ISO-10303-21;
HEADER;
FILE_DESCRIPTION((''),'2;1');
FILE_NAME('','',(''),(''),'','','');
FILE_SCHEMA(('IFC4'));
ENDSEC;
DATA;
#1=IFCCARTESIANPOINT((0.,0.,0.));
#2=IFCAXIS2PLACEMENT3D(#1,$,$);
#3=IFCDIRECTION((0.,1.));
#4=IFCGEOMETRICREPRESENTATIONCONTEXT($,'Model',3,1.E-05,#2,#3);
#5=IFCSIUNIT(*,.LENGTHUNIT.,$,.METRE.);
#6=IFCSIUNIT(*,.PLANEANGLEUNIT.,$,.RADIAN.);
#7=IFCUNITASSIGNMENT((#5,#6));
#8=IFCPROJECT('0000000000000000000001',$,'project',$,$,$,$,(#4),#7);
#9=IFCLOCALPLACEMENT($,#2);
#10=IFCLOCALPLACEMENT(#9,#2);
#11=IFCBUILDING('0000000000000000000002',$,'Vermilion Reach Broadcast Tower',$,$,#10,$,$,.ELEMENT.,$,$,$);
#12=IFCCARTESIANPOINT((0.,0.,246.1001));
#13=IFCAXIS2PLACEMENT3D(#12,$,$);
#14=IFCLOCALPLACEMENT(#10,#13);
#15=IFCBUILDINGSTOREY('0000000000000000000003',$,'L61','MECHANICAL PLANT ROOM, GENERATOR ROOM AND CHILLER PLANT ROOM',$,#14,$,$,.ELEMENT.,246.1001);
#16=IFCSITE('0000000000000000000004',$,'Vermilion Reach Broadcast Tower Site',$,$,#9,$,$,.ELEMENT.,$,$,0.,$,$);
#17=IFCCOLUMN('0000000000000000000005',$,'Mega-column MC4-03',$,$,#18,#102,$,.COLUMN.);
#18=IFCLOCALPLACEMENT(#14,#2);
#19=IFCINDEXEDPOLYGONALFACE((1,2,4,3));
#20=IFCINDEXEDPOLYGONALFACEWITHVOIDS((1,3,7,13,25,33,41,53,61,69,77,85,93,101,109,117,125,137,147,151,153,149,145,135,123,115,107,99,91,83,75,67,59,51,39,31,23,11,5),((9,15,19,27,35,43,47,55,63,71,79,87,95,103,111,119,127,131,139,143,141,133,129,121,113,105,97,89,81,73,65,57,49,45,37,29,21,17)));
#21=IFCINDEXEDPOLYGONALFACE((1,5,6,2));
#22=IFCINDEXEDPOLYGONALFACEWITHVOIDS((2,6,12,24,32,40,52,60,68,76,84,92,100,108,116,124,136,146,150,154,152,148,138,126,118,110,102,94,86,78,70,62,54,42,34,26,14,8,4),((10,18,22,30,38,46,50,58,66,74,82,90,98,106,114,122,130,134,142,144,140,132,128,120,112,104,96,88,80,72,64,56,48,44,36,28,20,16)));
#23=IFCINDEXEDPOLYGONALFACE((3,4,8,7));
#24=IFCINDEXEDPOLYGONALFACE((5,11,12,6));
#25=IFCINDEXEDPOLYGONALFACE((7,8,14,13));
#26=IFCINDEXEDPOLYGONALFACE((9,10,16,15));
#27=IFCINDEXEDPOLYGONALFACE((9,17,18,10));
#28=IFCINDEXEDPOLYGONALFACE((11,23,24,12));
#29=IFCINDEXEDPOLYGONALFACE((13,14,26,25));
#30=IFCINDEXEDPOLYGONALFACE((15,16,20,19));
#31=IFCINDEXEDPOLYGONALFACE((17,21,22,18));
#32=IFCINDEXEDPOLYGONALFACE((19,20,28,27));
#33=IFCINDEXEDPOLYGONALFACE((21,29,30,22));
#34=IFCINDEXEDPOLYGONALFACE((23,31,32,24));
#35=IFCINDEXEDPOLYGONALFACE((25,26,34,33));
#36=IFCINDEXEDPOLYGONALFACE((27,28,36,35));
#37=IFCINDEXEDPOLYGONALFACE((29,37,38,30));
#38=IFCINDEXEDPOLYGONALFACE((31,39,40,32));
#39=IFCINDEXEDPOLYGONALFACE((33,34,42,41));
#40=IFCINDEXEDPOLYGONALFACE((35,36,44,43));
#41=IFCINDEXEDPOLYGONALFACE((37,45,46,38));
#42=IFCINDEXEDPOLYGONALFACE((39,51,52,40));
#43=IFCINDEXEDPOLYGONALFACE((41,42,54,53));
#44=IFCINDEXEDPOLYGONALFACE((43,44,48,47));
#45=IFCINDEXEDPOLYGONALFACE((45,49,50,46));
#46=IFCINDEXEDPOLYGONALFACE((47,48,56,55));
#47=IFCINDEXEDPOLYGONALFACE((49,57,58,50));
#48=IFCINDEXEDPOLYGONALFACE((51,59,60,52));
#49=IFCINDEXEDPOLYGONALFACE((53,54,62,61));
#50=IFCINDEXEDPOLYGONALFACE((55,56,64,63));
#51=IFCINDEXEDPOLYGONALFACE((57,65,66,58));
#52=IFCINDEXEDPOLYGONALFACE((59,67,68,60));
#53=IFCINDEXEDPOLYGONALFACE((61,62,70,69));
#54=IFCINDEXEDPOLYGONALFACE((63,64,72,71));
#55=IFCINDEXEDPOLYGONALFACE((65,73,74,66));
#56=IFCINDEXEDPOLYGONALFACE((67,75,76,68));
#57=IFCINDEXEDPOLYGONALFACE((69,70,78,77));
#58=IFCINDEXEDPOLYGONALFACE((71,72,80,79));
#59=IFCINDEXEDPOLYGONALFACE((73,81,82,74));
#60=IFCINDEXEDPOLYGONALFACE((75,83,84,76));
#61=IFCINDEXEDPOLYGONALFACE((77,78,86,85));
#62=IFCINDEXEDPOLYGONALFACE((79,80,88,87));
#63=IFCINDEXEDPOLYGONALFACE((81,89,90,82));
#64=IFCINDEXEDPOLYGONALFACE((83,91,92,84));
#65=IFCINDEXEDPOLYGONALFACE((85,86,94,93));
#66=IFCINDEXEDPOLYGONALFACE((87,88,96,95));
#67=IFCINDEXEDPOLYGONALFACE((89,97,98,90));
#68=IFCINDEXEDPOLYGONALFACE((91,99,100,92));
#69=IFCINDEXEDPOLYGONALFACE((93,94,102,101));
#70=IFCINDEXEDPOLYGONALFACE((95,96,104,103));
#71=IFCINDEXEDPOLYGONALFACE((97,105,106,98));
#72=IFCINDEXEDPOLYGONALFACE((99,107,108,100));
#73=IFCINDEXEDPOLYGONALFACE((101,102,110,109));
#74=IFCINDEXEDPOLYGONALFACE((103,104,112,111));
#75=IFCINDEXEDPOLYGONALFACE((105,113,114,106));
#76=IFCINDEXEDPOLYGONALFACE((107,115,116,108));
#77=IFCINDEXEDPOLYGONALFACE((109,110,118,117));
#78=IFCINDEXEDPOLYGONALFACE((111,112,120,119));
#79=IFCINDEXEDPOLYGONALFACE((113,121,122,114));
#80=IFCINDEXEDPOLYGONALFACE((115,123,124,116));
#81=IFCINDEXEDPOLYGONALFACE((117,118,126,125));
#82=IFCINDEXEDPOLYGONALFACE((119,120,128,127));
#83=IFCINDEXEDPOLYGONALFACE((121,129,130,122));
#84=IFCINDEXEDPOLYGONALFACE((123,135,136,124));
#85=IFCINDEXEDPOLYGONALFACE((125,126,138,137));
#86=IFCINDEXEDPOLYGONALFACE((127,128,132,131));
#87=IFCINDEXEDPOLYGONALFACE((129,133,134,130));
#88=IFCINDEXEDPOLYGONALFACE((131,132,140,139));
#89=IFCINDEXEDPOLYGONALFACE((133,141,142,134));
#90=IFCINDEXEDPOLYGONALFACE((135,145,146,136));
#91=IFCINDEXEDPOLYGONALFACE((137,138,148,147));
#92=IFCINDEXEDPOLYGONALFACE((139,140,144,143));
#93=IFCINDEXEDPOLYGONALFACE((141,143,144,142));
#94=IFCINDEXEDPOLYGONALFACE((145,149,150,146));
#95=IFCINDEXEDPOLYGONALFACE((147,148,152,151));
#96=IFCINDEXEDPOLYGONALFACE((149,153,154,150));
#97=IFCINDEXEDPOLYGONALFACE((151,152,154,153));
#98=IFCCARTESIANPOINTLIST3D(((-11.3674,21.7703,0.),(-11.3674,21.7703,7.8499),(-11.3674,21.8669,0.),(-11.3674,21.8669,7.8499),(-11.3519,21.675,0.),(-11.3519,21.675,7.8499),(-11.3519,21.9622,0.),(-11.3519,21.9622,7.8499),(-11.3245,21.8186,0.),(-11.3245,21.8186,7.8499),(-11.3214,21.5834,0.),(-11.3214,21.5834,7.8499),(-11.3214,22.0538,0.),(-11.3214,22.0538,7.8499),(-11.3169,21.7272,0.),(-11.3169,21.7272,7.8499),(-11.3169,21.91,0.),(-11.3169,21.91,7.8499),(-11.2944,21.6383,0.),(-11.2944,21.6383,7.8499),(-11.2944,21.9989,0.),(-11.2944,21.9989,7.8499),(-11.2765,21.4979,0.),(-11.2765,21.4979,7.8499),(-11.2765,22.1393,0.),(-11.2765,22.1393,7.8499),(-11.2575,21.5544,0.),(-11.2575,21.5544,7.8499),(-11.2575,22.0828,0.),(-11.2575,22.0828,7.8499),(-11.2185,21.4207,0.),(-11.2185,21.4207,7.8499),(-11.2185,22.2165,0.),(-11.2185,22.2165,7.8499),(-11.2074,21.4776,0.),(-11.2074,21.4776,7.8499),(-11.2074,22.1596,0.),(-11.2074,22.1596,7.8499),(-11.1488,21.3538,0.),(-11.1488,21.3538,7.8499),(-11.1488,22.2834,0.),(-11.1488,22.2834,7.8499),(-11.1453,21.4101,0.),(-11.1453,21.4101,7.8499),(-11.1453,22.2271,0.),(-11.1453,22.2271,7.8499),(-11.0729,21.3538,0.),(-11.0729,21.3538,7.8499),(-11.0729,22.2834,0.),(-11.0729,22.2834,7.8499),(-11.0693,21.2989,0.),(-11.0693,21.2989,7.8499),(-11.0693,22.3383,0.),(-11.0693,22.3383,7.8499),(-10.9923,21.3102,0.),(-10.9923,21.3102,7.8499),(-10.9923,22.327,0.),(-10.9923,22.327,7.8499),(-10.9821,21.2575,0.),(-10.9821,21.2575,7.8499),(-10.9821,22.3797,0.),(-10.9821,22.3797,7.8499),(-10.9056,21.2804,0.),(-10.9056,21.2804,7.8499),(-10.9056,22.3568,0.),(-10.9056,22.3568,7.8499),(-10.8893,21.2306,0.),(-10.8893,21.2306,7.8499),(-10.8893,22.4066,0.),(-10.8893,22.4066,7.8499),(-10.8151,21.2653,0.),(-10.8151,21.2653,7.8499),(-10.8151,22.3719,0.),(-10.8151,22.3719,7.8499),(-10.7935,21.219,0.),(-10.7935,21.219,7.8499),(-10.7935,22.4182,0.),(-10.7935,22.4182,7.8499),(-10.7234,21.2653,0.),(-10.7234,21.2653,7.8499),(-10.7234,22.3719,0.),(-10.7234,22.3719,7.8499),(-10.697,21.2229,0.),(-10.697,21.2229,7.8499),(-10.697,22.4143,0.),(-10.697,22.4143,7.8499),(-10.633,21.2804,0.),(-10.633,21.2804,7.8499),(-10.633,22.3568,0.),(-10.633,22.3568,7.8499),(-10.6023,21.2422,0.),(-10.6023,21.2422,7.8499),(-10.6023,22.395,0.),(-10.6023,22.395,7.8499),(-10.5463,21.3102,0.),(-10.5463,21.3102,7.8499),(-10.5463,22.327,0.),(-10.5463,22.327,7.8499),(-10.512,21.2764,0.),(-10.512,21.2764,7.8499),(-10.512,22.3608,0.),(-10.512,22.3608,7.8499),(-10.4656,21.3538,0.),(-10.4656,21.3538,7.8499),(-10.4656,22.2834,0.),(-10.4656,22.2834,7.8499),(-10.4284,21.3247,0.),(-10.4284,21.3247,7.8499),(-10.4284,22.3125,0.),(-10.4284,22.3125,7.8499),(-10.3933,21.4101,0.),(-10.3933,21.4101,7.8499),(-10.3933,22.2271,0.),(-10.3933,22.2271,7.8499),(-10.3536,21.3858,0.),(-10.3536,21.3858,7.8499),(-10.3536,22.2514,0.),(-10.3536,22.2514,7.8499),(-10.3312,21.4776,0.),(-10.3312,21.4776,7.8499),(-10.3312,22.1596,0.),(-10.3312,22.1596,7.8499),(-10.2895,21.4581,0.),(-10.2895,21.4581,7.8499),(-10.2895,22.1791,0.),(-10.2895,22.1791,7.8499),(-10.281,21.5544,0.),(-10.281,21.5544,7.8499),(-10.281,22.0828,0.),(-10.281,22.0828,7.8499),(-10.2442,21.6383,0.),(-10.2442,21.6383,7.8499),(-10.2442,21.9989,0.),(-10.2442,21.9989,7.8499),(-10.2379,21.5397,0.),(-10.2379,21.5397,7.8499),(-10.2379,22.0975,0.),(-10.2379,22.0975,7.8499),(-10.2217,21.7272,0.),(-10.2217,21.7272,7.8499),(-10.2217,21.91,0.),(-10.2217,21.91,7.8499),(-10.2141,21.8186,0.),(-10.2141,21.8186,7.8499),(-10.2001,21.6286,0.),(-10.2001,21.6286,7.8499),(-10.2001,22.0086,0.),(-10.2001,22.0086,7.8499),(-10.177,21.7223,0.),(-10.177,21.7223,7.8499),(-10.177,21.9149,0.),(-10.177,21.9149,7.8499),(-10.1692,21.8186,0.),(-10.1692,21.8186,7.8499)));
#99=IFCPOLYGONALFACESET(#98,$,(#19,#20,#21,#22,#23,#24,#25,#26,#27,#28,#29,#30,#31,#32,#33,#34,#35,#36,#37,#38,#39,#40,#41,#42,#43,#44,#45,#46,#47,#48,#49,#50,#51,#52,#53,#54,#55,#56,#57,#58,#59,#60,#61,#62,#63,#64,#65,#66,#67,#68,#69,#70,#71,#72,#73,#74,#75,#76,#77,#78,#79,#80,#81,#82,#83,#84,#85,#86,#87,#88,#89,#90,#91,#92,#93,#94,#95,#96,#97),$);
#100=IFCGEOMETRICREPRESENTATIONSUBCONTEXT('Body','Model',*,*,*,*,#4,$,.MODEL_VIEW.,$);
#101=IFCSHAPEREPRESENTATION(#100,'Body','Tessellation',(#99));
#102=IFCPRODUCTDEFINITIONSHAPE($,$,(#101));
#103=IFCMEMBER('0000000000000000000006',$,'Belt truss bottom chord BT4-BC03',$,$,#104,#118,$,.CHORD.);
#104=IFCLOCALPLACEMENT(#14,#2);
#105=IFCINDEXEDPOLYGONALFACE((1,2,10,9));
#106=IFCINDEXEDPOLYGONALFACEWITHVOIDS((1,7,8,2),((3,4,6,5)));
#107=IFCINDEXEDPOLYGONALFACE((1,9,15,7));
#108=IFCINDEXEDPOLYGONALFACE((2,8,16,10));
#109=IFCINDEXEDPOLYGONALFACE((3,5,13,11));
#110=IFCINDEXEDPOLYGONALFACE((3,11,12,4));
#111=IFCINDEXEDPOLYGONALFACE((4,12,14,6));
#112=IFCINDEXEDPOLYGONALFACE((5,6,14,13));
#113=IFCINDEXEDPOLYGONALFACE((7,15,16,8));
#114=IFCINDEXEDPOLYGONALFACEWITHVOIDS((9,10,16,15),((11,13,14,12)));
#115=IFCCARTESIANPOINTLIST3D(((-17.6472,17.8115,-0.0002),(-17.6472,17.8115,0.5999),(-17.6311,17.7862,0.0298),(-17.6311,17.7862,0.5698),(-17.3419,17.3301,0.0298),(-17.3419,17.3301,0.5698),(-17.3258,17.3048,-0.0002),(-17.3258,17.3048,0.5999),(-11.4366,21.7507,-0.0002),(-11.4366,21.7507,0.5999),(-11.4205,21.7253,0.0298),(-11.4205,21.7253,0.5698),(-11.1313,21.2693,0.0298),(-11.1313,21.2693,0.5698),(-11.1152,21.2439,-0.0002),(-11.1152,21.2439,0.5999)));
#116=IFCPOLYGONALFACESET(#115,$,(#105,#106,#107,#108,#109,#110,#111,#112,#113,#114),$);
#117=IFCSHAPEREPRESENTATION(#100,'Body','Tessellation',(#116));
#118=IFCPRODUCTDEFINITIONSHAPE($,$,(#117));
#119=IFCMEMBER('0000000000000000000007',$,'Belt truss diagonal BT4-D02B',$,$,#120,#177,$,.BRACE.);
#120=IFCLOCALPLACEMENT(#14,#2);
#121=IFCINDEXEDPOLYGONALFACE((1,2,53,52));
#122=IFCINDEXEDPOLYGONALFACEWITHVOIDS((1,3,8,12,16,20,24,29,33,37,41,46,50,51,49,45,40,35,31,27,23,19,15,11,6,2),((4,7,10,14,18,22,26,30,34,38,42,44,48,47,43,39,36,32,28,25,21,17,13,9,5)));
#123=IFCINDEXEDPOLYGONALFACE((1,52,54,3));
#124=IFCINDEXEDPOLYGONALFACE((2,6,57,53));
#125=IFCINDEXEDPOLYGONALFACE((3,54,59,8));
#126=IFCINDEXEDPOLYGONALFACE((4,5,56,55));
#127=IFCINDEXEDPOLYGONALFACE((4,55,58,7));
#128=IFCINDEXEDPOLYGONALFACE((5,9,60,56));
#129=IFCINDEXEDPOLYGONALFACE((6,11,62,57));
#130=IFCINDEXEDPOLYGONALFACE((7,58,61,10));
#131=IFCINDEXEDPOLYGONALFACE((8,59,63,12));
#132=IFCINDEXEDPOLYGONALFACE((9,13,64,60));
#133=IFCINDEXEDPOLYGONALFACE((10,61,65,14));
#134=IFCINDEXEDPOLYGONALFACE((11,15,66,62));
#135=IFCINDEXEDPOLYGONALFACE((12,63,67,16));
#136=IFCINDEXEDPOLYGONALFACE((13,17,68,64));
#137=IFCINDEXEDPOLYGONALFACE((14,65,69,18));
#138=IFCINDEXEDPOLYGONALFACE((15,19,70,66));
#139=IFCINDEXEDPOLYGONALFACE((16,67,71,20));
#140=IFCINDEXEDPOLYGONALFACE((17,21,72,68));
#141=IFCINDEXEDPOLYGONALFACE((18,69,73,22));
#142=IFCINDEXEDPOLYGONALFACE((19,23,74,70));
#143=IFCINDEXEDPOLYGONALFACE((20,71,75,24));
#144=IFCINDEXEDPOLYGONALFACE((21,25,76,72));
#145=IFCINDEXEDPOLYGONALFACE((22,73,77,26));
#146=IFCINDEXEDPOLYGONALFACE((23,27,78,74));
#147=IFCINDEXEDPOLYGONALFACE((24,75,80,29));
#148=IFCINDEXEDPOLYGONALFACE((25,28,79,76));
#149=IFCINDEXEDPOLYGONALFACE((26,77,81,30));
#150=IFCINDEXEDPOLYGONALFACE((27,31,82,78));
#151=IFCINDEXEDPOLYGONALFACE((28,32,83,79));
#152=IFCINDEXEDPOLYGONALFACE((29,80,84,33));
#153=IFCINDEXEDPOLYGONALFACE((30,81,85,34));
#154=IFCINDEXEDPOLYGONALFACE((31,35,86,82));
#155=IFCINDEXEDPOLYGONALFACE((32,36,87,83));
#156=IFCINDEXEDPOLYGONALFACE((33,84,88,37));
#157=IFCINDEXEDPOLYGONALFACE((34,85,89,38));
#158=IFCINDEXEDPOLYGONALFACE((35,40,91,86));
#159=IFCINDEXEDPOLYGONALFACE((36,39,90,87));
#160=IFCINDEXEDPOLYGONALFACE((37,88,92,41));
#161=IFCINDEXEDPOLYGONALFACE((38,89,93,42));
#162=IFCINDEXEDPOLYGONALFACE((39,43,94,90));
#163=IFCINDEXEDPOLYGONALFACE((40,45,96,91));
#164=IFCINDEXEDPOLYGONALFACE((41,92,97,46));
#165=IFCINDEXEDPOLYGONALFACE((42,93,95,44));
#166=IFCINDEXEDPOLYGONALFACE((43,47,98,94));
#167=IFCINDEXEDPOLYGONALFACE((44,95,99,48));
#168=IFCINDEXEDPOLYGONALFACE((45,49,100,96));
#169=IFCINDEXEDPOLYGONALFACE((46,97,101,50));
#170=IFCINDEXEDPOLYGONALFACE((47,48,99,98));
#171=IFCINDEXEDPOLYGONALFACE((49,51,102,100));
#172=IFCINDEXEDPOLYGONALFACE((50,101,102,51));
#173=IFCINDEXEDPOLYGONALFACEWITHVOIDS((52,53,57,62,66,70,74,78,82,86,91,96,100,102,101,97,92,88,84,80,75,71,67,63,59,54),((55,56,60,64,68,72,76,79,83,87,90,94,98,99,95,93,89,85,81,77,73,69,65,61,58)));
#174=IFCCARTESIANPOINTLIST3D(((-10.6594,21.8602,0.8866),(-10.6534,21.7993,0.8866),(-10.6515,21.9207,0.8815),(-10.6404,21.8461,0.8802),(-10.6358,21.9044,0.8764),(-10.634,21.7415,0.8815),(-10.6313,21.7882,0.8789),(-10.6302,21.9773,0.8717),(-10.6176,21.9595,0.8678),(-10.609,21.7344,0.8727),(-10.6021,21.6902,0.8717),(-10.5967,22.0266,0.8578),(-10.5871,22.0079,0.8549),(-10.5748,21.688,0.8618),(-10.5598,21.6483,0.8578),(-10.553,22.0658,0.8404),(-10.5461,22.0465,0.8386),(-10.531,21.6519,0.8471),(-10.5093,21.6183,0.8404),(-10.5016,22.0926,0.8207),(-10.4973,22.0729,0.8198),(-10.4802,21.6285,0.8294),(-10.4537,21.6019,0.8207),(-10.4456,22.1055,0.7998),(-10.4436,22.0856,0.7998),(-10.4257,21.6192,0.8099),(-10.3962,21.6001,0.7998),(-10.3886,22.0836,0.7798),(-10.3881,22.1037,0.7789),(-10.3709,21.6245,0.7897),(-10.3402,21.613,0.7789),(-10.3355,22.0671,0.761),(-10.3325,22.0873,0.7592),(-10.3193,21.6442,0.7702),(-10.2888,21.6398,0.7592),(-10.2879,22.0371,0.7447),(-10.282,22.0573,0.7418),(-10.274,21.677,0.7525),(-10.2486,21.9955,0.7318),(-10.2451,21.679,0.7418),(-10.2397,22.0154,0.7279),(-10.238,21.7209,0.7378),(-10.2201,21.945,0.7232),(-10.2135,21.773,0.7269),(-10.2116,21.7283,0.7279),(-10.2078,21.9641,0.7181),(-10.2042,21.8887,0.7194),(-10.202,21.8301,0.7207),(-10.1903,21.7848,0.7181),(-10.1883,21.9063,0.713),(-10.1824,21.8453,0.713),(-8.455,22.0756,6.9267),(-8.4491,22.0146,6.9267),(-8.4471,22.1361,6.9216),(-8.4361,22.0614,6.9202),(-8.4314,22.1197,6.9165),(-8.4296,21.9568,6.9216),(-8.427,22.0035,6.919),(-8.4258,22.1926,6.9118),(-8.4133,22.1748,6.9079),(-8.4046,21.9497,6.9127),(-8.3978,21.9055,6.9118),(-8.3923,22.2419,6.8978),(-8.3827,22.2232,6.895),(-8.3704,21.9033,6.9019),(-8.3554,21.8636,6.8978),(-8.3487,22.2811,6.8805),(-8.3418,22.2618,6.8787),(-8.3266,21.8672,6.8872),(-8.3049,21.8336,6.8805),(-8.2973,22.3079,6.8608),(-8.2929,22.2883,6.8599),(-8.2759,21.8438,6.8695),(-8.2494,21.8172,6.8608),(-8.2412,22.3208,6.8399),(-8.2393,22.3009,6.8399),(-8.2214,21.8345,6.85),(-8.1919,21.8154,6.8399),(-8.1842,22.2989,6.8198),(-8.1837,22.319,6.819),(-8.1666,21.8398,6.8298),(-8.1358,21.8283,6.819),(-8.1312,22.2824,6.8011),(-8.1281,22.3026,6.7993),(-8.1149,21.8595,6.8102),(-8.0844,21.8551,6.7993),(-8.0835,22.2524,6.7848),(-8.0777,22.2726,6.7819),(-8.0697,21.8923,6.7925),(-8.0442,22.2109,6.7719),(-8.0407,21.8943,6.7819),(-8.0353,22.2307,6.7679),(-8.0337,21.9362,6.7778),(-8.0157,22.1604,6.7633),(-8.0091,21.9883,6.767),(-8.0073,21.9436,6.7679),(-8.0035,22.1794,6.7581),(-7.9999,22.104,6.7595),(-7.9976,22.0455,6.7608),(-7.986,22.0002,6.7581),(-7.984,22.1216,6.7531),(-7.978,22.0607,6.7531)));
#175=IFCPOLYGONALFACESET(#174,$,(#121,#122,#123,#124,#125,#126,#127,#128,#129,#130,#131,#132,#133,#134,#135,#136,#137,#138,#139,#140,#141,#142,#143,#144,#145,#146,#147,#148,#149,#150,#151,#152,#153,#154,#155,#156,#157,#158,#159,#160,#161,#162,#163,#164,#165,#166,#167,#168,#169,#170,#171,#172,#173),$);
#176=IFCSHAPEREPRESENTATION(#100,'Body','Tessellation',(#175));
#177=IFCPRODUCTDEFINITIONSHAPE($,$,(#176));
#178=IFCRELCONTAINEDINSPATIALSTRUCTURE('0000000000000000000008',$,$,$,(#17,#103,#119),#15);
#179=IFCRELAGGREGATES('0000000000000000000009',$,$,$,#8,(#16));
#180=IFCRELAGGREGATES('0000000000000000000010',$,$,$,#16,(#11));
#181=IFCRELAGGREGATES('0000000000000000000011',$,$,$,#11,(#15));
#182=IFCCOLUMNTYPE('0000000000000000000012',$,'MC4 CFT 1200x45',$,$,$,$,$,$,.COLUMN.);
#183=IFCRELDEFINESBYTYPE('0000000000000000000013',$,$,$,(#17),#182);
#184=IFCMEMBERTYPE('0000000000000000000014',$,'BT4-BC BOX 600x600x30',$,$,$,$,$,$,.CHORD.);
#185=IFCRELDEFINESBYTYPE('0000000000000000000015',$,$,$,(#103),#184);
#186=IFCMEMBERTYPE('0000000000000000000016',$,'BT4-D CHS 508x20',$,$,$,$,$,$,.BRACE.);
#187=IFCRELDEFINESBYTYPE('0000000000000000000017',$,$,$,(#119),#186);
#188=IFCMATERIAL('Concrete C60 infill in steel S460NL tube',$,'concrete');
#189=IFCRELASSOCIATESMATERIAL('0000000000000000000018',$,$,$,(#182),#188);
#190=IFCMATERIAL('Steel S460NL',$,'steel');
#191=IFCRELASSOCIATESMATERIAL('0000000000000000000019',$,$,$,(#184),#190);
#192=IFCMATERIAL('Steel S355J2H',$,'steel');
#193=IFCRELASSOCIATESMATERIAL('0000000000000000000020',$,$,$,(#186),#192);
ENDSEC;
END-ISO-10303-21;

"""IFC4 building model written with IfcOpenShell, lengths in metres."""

from ifc_helpers import new_model, si_unit, direction, frame, origin, origin_2d, place, context, subcontext, project, spatial, hollow_rectangle, hollow_circle, extrude, material, material_profile, profile_set, type_object, element, save


model = new_model("IFC4")

# Units and contexts
model_context = context("Model", 3, precision=1e-05, world=origin(), true_north=direction((0.0, 1.0)))
body_context = subcontext(model_context, "Body", "Model", "MODEL_VIEW")
ifc_project = project(units=[si_unit("LENGTHUNIT", "METRE"), si_unit("PLANEANGLEUNIT", "RADIAN")], contexts=[model_context])

# Site, building, storey
site_placement = place(None, origin())
site = spatial("IfcSite", under=ifc_project, at=site_placement, Name="Vermilion Reach Broadcast Tower Site", CompositionType="ELEMENT", RefElevation=0.0)
building_placement = place(site_placement, origin())
building = spatial("IfcBuilding", under=site, at=building_placement, Name="Vermilion Reach Broadcast Tower", CompositionType="ELEMENT")
storey_placement = place(building_placement, frame((0.0, 0.0, 246.1001)))
storey = spatial("IfcBuildingStorey", under=building, at=storey_placement, Name="L61", Description="MECHANICAL PLANT ROOM, GENERATOR ROOM AND CHILLER PLANT ROOM", CompositionType="ELEMENT", Elevation=246.1001)

# Column
ifc_material_1 = material(Name="Concrete C60 infill in steel S460NL tube", Category="concrete")
ifc_material_profile_1 = material_profile(ifc_material_1, hollow_circle(Radius=0.6001, WallThickness=0.0449, at=origin_2d()), Name="Concrete C60 infill in steel S460NL tube CFT 1200x45")
ifc_profile_set_1 = profile_set([ifc_material_profile_1], Name="Concrete C60 infill in steel S460NL tube")
column_type = type_object("IfcColumnType", Name="MC4 CFT 1200x45", PredefinedType="COLUMN", material=ifc_profile_set_1)
column_placement = place(storey_placement, frame((-10.7693, 21.8186, 0.0), z_axis=(0.0, 0.0, 1.0), x_axis=(1.0, 0.0, 0.0)))
element("IfcColumn", 1, at=column_placement, inside=storey, type_object=column_type, Name="Mega-column MC4-03", PredefinedType="COLUMN", context=body_context, shape_type="SweptSolid", body=[
    extrude(hollow_circle(Radius=0.6001, WallThickness=0.0449, at=origin_2d()), origin(), (0.0, 0.0, 1.0), 7.8499),
])

# Members
ifc_material_2 = material(Name="Steel S460NL", Category="steel")
ifc_material_profile_2 = material_profile(ifc_material_2, hollow_rectangle(XDim=0.6001, YDim=0.6001, WallThickness=0.03, at=origin_2d()), Name="S460NL BOX 600x600x30")
ifc_profile_set_2 = profile_set([ifc_material_profile_2], Name="Steel S460NL")
member_type_1 = type_object("IfcMemberType", Name="BT4-BC BOX 600x600x30", PredefinedType="CHORD", material=ifc_profile_set_2)
member_1_placement = place(storey_placement, frame((-11.2759, 21.4973, 0.2998), z_axis=(-0.844464, -0.535612, 0.0), x_axis=(0.535612, -0.844464, 0.0)))
element("IfcMember", 2, at=member_1_placement, inside=storey, type_object=member_type_1, Name="Belt truss bottom chord BT4-BC03", PredefinedType="CHORD", context=body_context, shape_type="SweptSolid", body=[
    extrude(hollow_rectangle(XDim=0.6001, YDim=0.6001, WallThickness=0.03, at=origin_2d()), origin(), (0.0, 0.0, 1.0), 7.3545),
])
ifc_material_3 = material(Name="Steel S355J2H", Category="steel")
ifc_material_profile_3 = material_profile(ifc_material_3, hollow_circle(Radius=0.2539, WallThickness=0.02, at=origin_2d()), Name="S355J2H CHS 508x20")
ifc_profile_set_3 = profile_set([ifc_material_profile_3], Name="Steel S355J2H")
member_type_2 = type_object("IfcMemberType", Name="BT4-D CHS 508x20", PredefinedType="BRACE", material=ifc_profile_set_3)
member_2_placement = place(storey_placement, frame((-10.4209, 21.8528, 0.7998), z_axis=(0.342645, 0.033471, 0.938868), x_axis=(-0.097222, 0.995263, 0.0)))
element("IfcMember", 3, at=member_2_placement, inside=storey, type_object=member_type_2, Name="Belt truss diagonal BT4-D02B", PredefinedType="BRACE", context=body_context, shape_type="SweptSolid", body=[
    extrude(hollow_circle(Radius=0.2539, WallThickness=0.02, at=origin_2d()), origin(), (0.0, 0.0, 1.0), 6.4333),
])

save(model, "model.ifc")
